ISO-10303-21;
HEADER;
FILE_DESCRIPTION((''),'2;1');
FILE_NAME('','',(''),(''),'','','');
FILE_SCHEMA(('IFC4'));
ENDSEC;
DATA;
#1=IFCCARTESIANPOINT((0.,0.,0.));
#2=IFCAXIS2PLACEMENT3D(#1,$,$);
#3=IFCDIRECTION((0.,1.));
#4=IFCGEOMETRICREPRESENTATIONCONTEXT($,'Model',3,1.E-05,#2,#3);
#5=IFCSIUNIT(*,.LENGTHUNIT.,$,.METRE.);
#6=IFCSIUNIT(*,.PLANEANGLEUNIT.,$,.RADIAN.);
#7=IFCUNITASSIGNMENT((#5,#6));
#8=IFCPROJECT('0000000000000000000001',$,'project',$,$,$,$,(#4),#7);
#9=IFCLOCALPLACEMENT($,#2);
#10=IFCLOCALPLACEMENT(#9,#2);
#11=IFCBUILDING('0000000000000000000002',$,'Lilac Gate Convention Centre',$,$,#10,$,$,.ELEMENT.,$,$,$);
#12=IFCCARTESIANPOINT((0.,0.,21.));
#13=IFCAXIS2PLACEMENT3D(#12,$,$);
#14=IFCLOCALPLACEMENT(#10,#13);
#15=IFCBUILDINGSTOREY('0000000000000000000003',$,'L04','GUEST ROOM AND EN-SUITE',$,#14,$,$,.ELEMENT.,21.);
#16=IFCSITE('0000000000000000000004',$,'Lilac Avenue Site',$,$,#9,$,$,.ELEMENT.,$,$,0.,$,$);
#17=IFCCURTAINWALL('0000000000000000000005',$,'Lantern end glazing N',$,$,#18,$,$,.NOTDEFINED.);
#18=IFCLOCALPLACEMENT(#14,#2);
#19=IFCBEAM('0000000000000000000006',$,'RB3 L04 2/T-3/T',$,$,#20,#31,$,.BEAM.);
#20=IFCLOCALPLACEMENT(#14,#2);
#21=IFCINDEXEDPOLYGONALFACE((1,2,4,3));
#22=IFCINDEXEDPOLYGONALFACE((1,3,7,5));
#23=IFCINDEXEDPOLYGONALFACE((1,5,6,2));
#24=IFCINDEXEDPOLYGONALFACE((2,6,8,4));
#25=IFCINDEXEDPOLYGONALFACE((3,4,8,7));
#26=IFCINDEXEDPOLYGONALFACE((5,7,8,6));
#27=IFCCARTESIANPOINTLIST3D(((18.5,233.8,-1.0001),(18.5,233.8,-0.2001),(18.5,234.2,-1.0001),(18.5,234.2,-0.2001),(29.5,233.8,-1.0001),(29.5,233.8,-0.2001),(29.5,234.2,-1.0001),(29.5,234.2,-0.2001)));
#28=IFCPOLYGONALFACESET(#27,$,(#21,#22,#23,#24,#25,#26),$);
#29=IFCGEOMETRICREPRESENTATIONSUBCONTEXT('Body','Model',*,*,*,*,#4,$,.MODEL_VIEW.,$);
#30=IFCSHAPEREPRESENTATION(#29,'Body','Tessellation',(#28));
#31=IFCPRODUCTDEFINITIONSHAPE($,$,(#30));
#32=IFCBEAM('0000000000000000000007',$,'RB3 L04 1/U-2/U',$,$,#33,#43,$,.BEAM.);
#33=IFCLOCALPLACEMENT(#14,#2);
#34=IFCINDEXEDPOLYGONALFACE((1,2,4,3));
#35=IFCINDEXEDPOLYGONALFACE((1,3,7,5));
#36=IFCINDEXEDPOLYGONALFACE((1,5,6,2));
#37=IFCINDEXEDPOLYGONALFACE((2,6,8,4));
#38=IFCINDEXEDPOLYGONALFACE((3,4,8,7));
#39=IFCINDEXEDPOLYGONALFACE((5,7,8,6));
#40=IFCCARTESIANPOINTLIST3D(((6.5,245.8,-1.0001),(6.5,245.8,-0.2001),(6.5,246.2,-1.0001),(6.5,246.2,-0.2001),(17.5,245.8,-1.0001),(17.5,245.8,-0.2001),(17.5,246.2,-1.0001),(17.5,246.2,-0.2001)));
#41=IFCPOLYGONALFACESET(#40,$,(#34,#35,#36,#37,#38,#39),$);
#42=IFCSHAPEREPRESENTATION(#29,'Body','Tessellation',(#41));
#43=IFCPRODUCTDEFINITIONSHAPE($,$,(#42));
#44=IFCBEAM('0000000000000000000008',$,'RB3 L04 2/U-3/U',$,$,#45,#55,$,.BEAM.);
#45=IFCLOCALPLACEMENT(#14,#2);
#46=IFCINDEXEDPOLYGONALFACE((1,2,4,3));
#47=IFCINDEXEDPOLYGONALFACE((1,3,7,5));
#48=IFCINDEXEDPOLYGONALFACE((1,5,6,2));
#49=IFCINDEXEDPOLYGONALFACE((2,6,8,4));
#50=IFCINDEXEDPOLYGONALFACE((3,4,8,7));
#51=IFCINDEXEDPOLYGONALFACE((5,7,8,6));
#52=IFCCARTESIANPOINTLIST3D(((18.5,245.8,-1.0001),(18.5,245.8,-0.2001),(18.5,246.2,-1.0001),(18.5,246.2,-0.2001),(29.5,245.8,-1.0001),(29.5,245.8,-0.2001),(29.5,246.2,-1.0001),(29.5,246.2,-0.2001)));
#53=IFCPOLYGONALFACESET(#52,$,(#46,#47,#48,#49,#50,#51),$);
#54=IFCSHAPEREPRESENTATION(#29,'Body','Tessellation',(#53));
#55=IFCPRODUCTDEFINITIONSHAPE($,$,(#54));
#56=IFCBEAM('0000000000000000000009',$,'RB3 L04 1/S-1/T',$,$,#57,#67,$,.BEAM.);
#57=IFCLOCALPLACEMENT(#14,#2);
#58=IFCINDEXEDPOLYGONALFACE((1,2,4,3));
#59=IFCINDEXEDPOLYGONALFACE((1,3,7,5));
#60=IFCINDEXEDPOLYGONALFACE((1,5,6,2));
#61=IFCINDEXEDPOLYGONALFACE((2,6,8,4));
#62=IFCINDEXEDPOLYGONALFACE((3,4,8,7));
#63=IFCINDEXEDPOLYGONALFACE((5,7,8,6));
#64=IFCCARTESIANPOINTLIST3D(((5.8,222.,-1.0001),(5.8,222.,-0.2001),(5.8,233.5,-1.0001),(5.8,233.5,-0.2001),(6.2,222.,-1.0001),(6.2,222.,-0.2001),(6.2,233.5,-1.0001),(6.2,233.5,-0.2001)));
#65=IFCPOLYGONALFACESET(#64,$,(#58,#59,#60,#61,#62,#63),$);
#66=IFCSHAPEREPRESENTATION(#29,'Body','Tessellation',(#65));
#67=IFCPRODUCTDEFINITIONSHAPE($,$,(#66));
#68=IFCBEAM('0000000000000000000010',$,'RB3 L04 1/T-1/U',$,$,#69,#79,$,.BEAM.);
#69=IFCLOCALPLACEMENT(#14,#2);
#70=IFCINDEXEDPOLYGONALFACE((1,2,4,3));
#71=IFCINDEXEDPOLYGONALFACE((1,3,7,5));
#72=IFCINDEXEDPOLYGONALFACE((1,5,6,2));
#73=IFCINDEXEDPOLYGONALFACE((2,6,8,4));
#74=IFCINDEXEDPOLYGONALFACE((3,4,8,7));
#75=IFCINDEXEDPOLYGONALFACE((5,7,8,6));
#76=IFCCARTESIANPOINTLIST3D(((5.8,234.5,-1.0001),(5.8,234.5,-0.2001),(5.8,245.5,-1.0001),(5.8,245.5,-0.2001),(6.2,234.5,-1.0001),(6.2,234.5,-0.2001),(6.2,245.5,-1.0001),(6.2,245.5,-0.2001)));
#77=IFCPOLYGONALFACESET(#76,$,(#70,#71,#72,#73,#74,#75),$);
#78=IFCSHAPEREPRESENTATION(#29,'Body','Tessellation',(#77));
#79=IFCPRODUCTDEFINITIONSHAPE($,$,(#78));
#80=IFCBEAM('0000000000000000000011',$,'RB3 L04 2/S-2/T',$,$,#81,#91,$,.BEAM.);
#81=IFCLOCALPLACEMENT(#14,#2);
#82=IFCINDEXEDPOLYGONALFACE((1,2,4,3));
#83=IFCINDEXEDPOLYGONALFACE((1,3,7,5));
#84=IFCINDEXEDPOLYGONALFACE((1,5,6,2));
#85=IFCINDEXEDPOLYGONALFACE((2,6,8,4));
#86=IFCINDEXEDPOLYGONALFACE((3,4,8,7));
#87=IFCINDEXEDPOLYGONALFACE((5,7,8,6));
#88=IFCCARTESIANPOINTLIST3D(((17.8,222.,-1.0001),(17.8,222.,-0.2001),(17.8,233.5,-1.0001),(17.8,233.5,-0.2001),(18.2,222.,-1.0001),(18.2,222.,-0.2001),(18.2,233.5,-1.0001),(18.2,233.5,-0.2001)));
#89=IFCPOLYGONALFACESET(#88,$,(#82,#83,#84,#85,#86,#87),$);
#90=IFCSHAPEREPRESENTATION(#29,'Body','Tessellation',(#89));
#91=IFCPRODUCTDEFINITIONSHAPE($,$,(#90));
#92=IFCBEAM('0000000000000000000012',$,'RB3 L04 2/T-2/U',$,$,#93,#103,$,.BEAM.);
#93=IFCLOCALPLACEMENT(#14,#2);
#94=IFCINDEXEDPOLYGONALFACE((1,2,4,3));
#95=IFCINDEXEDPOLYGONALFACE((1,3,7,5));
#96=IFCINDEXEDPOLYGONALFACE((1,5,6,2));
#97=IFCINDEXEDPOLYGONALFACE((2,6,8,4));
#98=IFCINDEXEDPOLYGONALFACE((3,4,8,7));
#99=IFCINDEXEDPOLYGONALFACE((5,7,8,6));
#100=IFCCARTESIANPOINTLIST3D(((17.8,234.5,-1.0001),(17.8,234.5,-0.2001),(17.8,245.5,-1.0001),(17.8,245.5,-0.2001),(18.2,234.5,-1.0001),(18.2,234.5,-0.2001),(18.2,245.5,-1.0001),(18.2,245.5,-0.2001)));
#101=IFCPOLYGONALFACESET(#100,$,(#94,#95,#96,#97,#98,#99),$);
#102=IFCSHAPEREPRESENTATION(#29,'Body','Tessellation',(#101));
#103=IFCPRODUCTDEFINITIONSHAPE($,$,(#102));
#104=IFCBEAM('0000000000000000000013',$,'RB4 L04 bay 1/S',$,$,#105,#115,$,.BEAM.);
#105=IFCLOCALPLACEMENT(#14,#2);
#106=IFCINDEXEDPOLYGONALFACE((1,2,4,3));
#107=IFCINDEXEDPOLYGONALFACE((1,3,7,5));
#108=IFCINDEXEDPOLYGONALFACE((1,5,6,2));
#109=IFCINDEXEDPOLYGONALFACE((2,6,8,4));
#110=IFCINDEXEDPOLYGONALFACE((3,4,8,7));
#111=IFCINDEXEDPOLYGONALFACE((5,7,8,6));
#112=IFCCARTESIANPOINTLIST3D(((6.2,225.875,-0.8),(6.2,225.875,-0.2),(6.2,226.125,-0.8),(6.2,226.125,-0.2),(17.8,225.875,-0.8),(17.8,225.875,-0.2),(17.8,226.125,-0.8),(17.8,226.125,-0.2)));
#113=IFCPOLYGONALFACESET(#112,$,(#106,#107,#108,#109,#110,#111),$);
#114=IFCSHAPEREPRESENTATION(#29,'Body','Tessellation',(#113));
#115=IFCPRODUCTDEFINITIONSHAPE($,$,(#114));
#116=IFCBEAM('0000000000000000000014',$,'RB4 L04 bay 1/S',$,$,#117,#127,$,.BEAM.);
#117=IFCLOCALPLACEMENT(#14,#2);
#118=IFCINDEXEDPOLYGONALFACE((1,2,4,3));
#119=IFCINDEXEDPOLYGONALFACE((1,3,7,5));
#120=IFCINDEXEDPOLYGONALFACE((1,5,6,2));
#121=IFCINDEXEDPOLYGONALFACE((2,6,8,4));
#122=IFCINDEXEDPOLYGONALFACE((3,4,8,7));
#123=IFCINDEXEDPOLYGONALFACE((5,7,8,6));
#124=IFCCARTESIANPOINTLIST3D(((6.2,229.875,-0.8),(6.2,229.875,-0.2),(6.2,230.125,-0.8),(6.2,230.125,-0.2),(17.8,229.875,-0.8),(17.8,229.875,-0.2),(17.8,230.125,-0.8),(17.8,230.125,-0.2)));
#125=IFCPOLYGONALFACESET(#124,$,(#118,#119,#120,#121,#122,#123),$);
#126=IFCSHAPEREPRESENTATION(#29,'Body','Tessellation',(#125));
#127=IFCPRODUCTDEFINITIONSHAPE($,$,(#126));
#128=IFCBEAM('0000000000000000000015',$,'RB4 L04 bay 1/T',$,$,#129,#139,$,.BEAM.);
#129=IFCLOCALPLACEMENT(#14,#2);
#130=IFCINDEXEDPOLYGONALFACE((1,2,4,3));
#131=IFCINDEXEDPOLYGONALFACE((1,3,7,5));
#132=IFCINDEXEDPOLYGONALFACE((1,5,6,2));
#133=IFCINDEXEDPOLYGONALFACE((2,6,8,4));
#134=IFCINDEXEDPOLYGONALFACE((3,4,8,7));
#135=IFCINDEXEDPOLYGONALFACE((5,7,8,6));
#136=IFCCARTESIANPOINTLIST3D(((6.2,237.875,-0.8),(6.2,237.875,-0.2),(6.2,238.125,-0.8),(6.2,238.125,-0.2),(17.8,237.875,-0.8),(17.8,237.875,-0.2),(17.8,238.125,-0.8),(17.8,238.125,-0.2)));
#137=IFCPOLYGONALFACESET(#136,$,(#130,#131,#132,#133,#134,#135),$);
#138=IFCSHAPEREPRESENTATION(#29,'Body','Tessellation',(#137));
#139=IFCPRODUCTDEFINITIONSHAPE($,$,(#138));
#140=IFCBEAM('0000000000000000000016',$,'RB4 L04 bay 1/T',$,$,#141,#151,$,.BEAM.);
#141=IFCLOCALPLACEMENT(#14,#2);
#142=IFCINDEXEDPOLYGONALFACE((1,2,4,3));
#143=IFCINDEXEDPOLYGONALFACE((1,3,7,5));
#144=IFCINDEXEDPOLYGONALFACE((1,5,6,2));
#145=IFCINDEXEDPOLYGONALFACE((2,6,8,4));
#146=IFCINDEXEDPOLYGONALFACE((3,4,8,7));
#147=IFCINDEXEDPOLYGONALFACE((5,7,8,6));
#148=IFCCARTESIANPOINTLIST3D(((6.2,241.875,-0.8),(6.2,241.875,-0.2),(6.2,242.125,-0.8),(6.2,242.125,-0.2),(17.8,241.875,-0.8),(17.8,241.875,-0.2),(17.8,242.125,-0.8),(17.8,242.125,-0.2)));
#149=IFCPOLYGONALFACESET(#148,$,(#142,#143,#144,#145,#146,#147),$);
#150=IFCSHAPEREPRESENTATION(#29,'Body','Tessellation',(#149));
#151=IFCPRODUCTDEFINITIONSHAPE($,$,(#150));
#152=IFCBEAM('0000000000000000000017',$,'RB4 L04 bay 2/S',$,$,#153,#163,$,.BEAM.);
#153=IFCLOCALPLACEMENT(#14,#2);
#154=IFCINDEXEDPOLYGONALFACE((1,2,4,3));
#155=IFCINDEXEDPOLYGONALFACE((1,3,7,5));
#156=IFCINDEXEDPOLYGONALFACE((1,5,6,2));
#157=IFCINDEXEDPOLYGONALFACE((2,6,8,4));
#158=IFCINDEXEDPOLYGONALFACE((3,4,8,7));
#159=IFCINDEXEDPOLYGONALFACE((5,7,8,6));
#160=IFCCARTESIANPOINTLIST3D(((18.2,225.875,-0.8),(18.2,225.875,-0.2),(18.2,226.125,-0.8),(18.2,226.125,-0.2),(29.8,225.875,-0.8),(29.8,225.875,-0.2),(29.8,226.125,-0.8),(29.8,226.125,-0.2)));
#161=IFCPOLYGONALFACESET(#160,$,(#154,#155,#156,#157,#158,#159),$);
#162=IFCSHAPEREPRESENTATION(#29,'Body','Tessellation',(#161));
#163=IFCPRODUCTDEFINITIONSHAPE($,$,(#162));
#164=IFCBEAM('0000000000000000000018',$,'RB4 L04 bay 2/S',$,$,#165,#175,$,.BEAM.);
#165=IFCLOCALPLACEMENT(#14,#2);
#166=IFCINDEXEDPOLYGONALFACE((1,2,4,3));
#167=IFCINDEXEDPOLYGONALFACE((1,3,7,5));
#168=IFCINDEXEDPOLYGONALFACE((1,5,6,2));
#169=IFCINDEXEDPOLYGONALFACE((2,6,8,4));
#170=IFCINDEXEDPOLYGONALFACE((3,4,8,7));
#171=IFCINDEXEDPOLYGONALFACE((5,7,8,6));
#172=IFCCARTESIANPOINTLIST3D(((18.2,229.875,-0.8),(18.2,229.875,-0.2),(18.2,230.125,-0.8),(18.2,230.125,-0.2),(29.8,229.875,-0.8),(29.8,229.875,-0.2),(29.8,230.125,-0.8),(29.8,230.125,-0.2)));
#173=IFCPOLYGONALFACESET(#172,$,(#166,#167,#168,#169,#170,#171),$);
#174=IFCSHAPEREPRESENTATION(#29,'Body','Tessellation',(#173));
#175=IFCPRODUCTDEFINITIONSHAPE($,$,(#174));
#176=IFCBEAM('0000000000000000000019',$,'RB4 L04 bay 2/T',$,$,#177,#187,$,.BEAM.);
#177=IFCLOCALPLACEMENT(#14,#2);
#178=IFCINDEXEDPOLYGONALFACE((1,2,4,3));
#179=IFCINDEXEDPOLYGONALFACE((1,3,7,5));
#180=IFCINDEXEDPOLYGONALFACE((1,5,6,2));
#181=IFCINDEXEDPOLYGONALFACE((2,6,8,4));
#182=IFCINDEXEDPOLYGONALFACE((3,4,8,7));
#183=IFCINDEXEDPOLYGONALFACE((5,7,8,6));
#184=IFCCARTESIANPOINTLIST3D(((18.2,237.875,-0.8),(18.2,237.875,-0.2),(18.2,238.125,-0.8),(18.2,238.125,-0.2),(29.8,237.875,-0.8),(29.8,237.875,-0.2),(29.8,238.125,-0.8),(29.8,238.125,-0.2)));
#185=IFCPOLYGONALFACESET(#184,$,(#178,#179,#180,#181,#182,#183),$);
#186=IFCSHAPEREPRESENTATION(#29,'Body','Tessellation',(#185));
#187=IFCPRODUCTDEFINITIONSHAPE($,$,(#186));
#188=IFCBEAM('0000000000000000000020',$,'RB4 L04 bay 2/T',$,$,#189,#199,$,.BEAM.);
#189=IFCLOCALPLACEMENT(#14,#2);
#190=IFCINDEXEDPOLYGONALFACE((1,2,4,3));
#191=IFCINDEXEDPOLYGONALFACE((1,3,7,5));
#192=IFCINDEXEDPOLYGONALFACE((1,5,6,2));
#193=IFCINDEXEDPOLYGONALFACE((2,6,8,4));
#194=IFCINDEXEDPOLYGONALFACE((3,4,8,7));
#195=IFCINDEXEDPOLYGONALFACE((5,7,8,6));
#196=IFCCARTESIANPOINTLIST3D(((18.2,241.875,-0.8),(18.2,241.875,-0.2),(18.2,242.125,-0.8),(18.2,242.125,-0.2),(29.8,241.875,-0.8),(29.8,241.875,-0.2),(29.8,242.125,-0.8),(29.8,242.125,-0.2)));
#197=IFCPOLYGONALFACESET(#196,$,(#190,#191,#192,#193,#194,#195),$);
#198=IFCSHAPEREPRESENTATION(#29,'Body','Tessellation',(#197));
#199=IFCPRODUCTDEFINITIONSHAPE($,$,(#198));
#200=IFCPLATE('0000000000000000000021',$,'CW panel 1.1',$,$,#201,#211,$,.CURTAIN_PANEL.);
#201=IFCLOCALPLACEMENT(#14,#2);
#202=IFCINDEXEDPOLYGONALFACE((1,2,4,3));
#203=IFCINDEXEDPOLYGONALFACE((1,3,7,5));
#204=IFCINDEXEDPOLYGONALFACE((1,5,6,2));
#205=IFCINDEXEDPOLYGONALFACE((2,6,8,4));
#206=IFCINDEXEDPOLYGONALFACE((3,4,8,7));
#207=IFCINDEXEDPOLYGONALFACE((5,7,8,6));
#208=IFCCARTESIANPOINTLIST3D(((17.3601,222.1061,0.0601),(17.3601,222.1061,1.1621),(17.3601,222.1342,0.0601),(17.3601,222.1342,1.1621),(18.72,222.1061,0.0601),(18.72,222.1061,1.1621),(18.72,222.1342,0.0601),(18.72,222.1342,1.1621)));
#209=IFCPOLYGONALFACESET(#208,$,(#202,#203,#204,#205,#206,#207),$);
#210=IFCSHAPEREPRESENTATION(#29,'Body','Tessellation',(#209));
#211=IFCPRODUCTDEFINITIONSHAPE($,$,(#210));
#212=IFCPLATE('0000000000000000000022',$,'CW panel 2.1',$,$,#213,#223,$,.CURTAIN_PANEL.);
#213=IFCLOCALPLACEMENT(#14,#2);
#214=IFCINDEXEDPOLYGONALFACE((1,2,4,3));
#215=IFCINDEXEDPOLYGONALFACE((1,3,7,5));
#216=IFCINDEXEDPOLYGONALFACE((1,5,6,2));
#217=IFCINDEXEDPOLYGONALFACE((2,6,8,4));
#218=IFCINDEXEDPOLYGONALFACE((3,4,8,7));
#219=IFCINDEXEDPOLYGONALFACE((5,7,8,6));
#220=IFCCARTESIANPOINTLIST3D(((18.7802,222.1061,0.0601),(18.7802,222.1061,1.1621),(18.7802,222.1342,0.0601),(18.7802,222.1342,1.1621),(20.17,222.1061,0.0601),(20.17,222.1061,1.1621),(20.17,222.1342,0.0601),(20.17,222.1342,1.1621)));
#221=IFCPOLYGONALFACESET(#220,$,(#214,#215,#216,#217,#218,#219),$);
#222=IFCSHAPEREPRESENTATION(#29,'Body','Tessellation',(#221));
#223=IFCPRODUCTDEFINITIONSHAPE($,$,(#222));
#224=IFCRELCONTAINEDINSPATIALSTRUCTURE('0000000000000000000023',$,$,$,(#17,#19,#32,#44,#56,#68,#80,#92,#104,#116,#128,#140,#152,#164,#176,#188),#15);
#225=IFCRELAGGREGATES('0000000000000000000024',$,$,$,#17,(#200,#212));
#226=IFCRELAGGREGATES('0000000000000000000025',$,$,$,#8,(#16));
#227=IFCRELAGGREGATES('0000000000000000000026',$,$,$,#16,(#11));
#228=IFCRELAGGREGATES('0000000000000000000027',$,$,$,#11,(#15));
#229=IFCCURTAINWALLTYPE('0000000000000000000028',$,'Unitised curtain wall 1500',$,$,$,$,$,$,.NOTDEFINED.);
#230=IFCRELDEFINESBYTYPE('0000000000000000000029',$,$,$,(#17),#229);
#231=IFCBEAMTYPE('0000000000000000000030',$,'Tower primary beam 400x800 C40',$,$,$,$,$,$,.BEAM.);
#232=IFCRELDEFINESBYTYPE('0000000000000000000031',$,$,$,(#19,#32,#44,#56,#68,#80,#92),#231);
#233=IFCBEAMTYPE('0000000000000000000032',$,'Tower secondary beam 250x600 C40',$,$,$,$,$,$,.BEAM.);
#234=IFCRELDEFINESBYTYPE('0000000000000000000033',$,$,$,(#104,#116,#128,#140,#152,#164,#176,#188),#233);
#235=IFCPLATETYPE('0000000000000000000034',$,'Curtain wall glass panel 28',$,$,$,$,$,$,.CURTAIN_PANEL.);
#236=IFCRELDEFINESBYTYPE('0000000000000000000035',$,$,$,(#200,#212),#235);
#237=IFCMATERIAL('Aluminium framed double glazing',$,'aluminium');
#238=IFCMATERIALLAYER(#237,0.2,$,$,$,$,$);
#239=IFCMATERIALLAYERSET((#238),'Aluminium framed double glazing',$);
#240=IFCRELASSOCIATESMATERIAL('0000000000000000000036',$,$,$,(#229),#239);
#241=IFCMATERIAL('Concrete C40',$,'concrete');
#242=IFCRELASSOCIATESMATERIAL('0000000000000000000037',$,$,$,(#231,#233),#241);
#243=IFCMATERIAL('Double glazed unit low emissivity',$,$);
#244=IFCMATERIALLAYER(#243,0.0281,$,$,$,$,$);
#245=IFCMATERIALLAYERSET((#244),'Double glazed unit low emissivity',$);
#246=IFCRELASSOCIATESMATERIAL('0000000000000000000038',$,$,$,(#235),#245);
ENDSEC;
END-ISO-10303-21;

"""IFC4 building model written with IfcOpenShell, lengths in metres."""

from ifc_helpers import new_model, si_unit, direction, frame, origin, origin_2d, place, context, subcontext, project, spatial, rectangle, extrude, material, layer, layer_set, material_profile, profile_set, type_object, element, aggregate, save


model = new_model("IFC4")

# Units and contexts
model_context = context("Model", 3, precision=1e-05, world=origin(), true_north=direction((0.0, 1.0)))
body_context = subcontext(model_context, "Body", "Model", "MODEL_VIEW")
ifc_project = project(units=[si_unit("LENGTHUNIT", "METRE"), si_unit("PLANEANGLEUNIT", "RADIAN")], contexts=[model_context])

# Site, building, storey
site_placement = place(None, origin())
site = spatial("IfcSite", under=ifc_project, at=site_placement, Name="Lilac Avenue Site", CompositionType="ELEMENT", RefElevation=0.0)
building_placement = place(site_placement, origin())
building = spatial("IfcBuilding", under=site, at=building_placement, Name="Lilac Gate Convention Centre", CompositionType="ELEMENT")
storey_placement = place(building_placement, frame((0.0, 0.0, 21.0)))
storey = spatial("IfcBuildingStorey", under=building, at=storey_placement, Name="L04", Description="GUEST ROOM AND EN-SUITE", CompositionType="ELEMENT", Elevation=21.0)

# Curtain wall
ifc_material_1 = material(Name="Aluminium framed double glazing", Category="aluminium")
ifc_layer_1 = layer(ifc_material_1, 0.2)
ifc_layer_set_1 = layer_set([ifc_layer_1], Name="Aluminium framed double glazing")
curtain_wall_type = type_object("IfcCurtainWallType", Name="Unitised curtain wall 1500", PredefinedType="NOTDEFINED", material=ifc_layer_set_1)
curtain_wall_placement = place(storey_placement, origin())
curtain_wall = element("IfcCurtainWall", 1, at=curtain_wall_placement, inside=storey, type_object=curtain_wall_type, Name="Lantern end glazing N", PredefinedType="NOTDEFINED")

# Beams
ifc_material_2 = material(Name="Concrete C40", Category="concrete")
ifc_material_profile_1 = material_profile(ifc_material_2, rectangle(XDim=0.3999, YDim=0.8, at=origin_2d()), Name="RC 400x800")
ifc_profile_set_1 = profile_set([ifc_material_profile_1], Name="Concrete C40")
beam_type_1 = type_object("IfcBeamType", Name="Tower primary beam 400x800 C40", PredefinedType="BEAM", material=ifc_profile_set_1)
for number, where, z_axis, x_axis, name in (
    (2, (18.5, 234.0, -0.6001), (1.0, 0.0, 0.0), (0.0, 1.0, 0.0), "RB3 L04 2/T-3/T"),
    (3, (6.5, 246.0, -0.6001), (1.0, 0.0, 0.0), (0.0, 1.0, 0.0), "RB3 L04 1/U-2/U"),
    (4, (18.5, 246.0, -0.6001), (1.0, 0.0, 0.0), (0.0, 1.0, 0.0), "RB3 L04 2/U-3/U"),
):
    element("IfcBeam", number, at=place(storey_placement, frame(where, z_axis=z_axis, x_axis=x_axis)), inside=storey, type_object=beam_type_1, Name=name, PredefinedType="BEAM", context=body_context, shape_type="SweptSolid", body=[
        extrude(rectangle(XDim=0.3999, YDim=0.8, at=origin_2d()), origin(), (0.0, 0.0, 1.0), 11.0),
    ])
beam_1_placement = place(storey_placement, frame((6.0, 222.0, -0.6001), z_axis=(0.0, 1.0, 0.0), x_axis=(-1.0, 0.0, 0.0)))
element("IfcBeam", 5, at=beam_1_placement, inside=storey, type_object=beam_type_1, Name="RB3 L04 1/S-1/T", PredefinedType="BEAM", context=body_context, shape_type="SweptSolid", body=[
    extrude(rectangle(XDim=0.3999, YDim=0.8, at=origin_2d()), origin(), (0.0, 0.0, 1.0), 11.5),
])
beam_2_placement = place(storey_placement, frame((6.0, 234.5, -0.6001), z_axis=(0.0, 1.0, 0.0), x_axis=(-1.0, 0.0, 0.0)))
element("IfcBeam", 6, at=beam_2_placement, inside=storey, type_object=beam_type_1, Name="RB3 L04 1/T-1/U", PredefinedType="BEAM", context=body_context, shape_type="SweptSolid", body=[
    extrude(rectangle(XDim=0.3999, YDim=0.8, at=origin_2d()), origin(), (0.0, 0.0, 1.0), 11.0),
])
beam_3_placement = place(storey_placement, frame((18.0, 222.0, -0.6001), z_axis=(0.0, 1.0, 0.0), x_axis=(-1.0, 0.0, 0.0)))
element("IfcBeam", 7, at=beam_3_placement, inside=storey, type_object=beam_type_1, Name="RB3 L04 2/S-2/T", PredefinedType="BEAM", context=body_context, shape_type="SweptSolid", body=[
    extrude(rectangle(XDim=0.3999, YDim=0.8, at=origin_2d()), origin(), (0.0, 0.0, 1.0), 11.5),
])
beam_4_placement = place(storey_placement, frame((18.0, 234.5, -0.6001), z_axis=(0.0, 1.0, 0.0), x_axis=(-1.0, 0.0, 0.0)))
element("IfcBeam", 8, at=beam_4_placement, inside=storey, type_object=beam_type_1, Name="RB3 L04 2/T-2/U", PredefinedType="BEAM", context=body_context, shape_type="SweptSolid", body=[
    extrude(rectangle(XDim=0.3999, YDim=0.8, at=origin_2d()), origin(), (0.0, 0.0, 1.0), 11.0),
])
ifc_material_profile_2 = material_profile(ifc_material_2, rectangle(XDim=0.25, YDim=0.6001, at=origin_2d()), Name="RC 250x600")
ifc_profile_set_2 = profile_set([ifc_material_profile_2], Name="Concrete C40")
beam_type_2 = type_object("IfcBeamType", Name="Tower secondary beam 250x600 C40", PredefinedType="BEAM", material=ifc_profile_set_2)
for number, where, z_axis, x_axis, name in (
    (9, (6.2, 226.0, -0.5), (1.0, 0.0, 0.0), (0.0, 1.0, 0.0), "RB4 L04 bay 1/S"),
    (10, (6.2, 230.0, -0.5), (1.0, 0.0, 0.0), (0.0, 1.0, 0.0), "RB4 L04 bay 1/S"),
    (11, (6.2, 238.0, -0.5), (1.0, 0.0, 0.0), (0.0, 1.0, 0.0), "RB4 L04 bay 1/T"),
    (12, (6.2, 242.0, -0.5), (1.0, 0.0, 0.0), (0.0, 1.0, 0.0), "RB4 L04 bay 1/T"),
    (13, (18.2, 226.0, -0.5), (1.0, 0.0, 0.0), (0.0, 1.0, 0.0), "RB4 L04 bay 2/S"),
    (14, (18.2, 230.0, -0.5), (1.0, 0.0, 0.0), (0.0, 1.0, 0.0), "RB4 L04 bay 2/S"),
    (15, (18.2, 238.0, -0.5), (1.0, 0.0, 0.0), (0.0, 1.0, 0.0), "RB4 L04 bay 2/T"),
    (16, (18.2, 242.0, -0.5), (1.0, 0.0, 0.0), (0.0, 1.0, 0.0), "RB4 L04 bay 2/T"),
):
    element("IfcBeam", number, at=place(storey_placement, frame(where, z_axis=z_axis, x_axis=x_axis)), inside=storey, type_object=beam_type_2, Name=name, PredefinedType="BEAM", context=body_context, shape_type="SweptSolid", body=[
        extrude(rectangle(XDim=0.25, YDim=0.6001, at=origin_2d()), origin(), (0.0, 0.0, 1.0), 11.6001),
    ])

# Plates
ifc_material_3 = material(Name="Double glazed unit low emissivity")
ifc_layer_2 = layer(ifc_material_3, 0.0281)
ifc_layer_set_2 = layer_set([ifc_layer_2], Name="Double glazed unit low emissivity")
plate_type = type_object("IfcPlateType", Name="Curtain wall glass panel 28", PredefinedType="CURTAIN_PANEL", material=ifc_layer_set_2)
plate_1_placement = place(storey_placement, frame((18.04, 222.1201, 0.0601), z_axis=(0.0, 0.0, 1.0), x_axis=(1.0, 0.0, 0.0)))
plate_1 = element("IfcPlate", 17, at=plate_1_placement, type_object=plate_type, Name="CW panel 1.1", PredefinedType="CURTAIN_PANEL", context=body_context, shape_type="SweptSolid", body=[
    extrude(rectangle(XDim=1.3599, YDim=0.0281, at=origin_2d()), origin(), (0.0, 0.0, 1.0), 1.1021),
])
plate_2_placement = place(storey_placement, frame((19.4751, 222.1201, 0.0601), z_axis=(0.0, 0.0, 1.0), x_axis=(1.0, 0.0, 0.0)))
plate_2 = element("IfcPlate", 18, at=plate_2_placement, type_object=plate_type, Name="CW panel 2.1", PredefinedType="CURTAIN_PANEL", context=body_context, shape_type="SweptSolid", body=[
    extrude(rectangle(XDim=1.3899, YDim=0.0281, at=origin_2d()), origin(), (0.0, 0.0, 1.0), 1.1021),
])
aggregate(curtain_wall, [plate_1, plate_2])

save(model, "model.ifc")
